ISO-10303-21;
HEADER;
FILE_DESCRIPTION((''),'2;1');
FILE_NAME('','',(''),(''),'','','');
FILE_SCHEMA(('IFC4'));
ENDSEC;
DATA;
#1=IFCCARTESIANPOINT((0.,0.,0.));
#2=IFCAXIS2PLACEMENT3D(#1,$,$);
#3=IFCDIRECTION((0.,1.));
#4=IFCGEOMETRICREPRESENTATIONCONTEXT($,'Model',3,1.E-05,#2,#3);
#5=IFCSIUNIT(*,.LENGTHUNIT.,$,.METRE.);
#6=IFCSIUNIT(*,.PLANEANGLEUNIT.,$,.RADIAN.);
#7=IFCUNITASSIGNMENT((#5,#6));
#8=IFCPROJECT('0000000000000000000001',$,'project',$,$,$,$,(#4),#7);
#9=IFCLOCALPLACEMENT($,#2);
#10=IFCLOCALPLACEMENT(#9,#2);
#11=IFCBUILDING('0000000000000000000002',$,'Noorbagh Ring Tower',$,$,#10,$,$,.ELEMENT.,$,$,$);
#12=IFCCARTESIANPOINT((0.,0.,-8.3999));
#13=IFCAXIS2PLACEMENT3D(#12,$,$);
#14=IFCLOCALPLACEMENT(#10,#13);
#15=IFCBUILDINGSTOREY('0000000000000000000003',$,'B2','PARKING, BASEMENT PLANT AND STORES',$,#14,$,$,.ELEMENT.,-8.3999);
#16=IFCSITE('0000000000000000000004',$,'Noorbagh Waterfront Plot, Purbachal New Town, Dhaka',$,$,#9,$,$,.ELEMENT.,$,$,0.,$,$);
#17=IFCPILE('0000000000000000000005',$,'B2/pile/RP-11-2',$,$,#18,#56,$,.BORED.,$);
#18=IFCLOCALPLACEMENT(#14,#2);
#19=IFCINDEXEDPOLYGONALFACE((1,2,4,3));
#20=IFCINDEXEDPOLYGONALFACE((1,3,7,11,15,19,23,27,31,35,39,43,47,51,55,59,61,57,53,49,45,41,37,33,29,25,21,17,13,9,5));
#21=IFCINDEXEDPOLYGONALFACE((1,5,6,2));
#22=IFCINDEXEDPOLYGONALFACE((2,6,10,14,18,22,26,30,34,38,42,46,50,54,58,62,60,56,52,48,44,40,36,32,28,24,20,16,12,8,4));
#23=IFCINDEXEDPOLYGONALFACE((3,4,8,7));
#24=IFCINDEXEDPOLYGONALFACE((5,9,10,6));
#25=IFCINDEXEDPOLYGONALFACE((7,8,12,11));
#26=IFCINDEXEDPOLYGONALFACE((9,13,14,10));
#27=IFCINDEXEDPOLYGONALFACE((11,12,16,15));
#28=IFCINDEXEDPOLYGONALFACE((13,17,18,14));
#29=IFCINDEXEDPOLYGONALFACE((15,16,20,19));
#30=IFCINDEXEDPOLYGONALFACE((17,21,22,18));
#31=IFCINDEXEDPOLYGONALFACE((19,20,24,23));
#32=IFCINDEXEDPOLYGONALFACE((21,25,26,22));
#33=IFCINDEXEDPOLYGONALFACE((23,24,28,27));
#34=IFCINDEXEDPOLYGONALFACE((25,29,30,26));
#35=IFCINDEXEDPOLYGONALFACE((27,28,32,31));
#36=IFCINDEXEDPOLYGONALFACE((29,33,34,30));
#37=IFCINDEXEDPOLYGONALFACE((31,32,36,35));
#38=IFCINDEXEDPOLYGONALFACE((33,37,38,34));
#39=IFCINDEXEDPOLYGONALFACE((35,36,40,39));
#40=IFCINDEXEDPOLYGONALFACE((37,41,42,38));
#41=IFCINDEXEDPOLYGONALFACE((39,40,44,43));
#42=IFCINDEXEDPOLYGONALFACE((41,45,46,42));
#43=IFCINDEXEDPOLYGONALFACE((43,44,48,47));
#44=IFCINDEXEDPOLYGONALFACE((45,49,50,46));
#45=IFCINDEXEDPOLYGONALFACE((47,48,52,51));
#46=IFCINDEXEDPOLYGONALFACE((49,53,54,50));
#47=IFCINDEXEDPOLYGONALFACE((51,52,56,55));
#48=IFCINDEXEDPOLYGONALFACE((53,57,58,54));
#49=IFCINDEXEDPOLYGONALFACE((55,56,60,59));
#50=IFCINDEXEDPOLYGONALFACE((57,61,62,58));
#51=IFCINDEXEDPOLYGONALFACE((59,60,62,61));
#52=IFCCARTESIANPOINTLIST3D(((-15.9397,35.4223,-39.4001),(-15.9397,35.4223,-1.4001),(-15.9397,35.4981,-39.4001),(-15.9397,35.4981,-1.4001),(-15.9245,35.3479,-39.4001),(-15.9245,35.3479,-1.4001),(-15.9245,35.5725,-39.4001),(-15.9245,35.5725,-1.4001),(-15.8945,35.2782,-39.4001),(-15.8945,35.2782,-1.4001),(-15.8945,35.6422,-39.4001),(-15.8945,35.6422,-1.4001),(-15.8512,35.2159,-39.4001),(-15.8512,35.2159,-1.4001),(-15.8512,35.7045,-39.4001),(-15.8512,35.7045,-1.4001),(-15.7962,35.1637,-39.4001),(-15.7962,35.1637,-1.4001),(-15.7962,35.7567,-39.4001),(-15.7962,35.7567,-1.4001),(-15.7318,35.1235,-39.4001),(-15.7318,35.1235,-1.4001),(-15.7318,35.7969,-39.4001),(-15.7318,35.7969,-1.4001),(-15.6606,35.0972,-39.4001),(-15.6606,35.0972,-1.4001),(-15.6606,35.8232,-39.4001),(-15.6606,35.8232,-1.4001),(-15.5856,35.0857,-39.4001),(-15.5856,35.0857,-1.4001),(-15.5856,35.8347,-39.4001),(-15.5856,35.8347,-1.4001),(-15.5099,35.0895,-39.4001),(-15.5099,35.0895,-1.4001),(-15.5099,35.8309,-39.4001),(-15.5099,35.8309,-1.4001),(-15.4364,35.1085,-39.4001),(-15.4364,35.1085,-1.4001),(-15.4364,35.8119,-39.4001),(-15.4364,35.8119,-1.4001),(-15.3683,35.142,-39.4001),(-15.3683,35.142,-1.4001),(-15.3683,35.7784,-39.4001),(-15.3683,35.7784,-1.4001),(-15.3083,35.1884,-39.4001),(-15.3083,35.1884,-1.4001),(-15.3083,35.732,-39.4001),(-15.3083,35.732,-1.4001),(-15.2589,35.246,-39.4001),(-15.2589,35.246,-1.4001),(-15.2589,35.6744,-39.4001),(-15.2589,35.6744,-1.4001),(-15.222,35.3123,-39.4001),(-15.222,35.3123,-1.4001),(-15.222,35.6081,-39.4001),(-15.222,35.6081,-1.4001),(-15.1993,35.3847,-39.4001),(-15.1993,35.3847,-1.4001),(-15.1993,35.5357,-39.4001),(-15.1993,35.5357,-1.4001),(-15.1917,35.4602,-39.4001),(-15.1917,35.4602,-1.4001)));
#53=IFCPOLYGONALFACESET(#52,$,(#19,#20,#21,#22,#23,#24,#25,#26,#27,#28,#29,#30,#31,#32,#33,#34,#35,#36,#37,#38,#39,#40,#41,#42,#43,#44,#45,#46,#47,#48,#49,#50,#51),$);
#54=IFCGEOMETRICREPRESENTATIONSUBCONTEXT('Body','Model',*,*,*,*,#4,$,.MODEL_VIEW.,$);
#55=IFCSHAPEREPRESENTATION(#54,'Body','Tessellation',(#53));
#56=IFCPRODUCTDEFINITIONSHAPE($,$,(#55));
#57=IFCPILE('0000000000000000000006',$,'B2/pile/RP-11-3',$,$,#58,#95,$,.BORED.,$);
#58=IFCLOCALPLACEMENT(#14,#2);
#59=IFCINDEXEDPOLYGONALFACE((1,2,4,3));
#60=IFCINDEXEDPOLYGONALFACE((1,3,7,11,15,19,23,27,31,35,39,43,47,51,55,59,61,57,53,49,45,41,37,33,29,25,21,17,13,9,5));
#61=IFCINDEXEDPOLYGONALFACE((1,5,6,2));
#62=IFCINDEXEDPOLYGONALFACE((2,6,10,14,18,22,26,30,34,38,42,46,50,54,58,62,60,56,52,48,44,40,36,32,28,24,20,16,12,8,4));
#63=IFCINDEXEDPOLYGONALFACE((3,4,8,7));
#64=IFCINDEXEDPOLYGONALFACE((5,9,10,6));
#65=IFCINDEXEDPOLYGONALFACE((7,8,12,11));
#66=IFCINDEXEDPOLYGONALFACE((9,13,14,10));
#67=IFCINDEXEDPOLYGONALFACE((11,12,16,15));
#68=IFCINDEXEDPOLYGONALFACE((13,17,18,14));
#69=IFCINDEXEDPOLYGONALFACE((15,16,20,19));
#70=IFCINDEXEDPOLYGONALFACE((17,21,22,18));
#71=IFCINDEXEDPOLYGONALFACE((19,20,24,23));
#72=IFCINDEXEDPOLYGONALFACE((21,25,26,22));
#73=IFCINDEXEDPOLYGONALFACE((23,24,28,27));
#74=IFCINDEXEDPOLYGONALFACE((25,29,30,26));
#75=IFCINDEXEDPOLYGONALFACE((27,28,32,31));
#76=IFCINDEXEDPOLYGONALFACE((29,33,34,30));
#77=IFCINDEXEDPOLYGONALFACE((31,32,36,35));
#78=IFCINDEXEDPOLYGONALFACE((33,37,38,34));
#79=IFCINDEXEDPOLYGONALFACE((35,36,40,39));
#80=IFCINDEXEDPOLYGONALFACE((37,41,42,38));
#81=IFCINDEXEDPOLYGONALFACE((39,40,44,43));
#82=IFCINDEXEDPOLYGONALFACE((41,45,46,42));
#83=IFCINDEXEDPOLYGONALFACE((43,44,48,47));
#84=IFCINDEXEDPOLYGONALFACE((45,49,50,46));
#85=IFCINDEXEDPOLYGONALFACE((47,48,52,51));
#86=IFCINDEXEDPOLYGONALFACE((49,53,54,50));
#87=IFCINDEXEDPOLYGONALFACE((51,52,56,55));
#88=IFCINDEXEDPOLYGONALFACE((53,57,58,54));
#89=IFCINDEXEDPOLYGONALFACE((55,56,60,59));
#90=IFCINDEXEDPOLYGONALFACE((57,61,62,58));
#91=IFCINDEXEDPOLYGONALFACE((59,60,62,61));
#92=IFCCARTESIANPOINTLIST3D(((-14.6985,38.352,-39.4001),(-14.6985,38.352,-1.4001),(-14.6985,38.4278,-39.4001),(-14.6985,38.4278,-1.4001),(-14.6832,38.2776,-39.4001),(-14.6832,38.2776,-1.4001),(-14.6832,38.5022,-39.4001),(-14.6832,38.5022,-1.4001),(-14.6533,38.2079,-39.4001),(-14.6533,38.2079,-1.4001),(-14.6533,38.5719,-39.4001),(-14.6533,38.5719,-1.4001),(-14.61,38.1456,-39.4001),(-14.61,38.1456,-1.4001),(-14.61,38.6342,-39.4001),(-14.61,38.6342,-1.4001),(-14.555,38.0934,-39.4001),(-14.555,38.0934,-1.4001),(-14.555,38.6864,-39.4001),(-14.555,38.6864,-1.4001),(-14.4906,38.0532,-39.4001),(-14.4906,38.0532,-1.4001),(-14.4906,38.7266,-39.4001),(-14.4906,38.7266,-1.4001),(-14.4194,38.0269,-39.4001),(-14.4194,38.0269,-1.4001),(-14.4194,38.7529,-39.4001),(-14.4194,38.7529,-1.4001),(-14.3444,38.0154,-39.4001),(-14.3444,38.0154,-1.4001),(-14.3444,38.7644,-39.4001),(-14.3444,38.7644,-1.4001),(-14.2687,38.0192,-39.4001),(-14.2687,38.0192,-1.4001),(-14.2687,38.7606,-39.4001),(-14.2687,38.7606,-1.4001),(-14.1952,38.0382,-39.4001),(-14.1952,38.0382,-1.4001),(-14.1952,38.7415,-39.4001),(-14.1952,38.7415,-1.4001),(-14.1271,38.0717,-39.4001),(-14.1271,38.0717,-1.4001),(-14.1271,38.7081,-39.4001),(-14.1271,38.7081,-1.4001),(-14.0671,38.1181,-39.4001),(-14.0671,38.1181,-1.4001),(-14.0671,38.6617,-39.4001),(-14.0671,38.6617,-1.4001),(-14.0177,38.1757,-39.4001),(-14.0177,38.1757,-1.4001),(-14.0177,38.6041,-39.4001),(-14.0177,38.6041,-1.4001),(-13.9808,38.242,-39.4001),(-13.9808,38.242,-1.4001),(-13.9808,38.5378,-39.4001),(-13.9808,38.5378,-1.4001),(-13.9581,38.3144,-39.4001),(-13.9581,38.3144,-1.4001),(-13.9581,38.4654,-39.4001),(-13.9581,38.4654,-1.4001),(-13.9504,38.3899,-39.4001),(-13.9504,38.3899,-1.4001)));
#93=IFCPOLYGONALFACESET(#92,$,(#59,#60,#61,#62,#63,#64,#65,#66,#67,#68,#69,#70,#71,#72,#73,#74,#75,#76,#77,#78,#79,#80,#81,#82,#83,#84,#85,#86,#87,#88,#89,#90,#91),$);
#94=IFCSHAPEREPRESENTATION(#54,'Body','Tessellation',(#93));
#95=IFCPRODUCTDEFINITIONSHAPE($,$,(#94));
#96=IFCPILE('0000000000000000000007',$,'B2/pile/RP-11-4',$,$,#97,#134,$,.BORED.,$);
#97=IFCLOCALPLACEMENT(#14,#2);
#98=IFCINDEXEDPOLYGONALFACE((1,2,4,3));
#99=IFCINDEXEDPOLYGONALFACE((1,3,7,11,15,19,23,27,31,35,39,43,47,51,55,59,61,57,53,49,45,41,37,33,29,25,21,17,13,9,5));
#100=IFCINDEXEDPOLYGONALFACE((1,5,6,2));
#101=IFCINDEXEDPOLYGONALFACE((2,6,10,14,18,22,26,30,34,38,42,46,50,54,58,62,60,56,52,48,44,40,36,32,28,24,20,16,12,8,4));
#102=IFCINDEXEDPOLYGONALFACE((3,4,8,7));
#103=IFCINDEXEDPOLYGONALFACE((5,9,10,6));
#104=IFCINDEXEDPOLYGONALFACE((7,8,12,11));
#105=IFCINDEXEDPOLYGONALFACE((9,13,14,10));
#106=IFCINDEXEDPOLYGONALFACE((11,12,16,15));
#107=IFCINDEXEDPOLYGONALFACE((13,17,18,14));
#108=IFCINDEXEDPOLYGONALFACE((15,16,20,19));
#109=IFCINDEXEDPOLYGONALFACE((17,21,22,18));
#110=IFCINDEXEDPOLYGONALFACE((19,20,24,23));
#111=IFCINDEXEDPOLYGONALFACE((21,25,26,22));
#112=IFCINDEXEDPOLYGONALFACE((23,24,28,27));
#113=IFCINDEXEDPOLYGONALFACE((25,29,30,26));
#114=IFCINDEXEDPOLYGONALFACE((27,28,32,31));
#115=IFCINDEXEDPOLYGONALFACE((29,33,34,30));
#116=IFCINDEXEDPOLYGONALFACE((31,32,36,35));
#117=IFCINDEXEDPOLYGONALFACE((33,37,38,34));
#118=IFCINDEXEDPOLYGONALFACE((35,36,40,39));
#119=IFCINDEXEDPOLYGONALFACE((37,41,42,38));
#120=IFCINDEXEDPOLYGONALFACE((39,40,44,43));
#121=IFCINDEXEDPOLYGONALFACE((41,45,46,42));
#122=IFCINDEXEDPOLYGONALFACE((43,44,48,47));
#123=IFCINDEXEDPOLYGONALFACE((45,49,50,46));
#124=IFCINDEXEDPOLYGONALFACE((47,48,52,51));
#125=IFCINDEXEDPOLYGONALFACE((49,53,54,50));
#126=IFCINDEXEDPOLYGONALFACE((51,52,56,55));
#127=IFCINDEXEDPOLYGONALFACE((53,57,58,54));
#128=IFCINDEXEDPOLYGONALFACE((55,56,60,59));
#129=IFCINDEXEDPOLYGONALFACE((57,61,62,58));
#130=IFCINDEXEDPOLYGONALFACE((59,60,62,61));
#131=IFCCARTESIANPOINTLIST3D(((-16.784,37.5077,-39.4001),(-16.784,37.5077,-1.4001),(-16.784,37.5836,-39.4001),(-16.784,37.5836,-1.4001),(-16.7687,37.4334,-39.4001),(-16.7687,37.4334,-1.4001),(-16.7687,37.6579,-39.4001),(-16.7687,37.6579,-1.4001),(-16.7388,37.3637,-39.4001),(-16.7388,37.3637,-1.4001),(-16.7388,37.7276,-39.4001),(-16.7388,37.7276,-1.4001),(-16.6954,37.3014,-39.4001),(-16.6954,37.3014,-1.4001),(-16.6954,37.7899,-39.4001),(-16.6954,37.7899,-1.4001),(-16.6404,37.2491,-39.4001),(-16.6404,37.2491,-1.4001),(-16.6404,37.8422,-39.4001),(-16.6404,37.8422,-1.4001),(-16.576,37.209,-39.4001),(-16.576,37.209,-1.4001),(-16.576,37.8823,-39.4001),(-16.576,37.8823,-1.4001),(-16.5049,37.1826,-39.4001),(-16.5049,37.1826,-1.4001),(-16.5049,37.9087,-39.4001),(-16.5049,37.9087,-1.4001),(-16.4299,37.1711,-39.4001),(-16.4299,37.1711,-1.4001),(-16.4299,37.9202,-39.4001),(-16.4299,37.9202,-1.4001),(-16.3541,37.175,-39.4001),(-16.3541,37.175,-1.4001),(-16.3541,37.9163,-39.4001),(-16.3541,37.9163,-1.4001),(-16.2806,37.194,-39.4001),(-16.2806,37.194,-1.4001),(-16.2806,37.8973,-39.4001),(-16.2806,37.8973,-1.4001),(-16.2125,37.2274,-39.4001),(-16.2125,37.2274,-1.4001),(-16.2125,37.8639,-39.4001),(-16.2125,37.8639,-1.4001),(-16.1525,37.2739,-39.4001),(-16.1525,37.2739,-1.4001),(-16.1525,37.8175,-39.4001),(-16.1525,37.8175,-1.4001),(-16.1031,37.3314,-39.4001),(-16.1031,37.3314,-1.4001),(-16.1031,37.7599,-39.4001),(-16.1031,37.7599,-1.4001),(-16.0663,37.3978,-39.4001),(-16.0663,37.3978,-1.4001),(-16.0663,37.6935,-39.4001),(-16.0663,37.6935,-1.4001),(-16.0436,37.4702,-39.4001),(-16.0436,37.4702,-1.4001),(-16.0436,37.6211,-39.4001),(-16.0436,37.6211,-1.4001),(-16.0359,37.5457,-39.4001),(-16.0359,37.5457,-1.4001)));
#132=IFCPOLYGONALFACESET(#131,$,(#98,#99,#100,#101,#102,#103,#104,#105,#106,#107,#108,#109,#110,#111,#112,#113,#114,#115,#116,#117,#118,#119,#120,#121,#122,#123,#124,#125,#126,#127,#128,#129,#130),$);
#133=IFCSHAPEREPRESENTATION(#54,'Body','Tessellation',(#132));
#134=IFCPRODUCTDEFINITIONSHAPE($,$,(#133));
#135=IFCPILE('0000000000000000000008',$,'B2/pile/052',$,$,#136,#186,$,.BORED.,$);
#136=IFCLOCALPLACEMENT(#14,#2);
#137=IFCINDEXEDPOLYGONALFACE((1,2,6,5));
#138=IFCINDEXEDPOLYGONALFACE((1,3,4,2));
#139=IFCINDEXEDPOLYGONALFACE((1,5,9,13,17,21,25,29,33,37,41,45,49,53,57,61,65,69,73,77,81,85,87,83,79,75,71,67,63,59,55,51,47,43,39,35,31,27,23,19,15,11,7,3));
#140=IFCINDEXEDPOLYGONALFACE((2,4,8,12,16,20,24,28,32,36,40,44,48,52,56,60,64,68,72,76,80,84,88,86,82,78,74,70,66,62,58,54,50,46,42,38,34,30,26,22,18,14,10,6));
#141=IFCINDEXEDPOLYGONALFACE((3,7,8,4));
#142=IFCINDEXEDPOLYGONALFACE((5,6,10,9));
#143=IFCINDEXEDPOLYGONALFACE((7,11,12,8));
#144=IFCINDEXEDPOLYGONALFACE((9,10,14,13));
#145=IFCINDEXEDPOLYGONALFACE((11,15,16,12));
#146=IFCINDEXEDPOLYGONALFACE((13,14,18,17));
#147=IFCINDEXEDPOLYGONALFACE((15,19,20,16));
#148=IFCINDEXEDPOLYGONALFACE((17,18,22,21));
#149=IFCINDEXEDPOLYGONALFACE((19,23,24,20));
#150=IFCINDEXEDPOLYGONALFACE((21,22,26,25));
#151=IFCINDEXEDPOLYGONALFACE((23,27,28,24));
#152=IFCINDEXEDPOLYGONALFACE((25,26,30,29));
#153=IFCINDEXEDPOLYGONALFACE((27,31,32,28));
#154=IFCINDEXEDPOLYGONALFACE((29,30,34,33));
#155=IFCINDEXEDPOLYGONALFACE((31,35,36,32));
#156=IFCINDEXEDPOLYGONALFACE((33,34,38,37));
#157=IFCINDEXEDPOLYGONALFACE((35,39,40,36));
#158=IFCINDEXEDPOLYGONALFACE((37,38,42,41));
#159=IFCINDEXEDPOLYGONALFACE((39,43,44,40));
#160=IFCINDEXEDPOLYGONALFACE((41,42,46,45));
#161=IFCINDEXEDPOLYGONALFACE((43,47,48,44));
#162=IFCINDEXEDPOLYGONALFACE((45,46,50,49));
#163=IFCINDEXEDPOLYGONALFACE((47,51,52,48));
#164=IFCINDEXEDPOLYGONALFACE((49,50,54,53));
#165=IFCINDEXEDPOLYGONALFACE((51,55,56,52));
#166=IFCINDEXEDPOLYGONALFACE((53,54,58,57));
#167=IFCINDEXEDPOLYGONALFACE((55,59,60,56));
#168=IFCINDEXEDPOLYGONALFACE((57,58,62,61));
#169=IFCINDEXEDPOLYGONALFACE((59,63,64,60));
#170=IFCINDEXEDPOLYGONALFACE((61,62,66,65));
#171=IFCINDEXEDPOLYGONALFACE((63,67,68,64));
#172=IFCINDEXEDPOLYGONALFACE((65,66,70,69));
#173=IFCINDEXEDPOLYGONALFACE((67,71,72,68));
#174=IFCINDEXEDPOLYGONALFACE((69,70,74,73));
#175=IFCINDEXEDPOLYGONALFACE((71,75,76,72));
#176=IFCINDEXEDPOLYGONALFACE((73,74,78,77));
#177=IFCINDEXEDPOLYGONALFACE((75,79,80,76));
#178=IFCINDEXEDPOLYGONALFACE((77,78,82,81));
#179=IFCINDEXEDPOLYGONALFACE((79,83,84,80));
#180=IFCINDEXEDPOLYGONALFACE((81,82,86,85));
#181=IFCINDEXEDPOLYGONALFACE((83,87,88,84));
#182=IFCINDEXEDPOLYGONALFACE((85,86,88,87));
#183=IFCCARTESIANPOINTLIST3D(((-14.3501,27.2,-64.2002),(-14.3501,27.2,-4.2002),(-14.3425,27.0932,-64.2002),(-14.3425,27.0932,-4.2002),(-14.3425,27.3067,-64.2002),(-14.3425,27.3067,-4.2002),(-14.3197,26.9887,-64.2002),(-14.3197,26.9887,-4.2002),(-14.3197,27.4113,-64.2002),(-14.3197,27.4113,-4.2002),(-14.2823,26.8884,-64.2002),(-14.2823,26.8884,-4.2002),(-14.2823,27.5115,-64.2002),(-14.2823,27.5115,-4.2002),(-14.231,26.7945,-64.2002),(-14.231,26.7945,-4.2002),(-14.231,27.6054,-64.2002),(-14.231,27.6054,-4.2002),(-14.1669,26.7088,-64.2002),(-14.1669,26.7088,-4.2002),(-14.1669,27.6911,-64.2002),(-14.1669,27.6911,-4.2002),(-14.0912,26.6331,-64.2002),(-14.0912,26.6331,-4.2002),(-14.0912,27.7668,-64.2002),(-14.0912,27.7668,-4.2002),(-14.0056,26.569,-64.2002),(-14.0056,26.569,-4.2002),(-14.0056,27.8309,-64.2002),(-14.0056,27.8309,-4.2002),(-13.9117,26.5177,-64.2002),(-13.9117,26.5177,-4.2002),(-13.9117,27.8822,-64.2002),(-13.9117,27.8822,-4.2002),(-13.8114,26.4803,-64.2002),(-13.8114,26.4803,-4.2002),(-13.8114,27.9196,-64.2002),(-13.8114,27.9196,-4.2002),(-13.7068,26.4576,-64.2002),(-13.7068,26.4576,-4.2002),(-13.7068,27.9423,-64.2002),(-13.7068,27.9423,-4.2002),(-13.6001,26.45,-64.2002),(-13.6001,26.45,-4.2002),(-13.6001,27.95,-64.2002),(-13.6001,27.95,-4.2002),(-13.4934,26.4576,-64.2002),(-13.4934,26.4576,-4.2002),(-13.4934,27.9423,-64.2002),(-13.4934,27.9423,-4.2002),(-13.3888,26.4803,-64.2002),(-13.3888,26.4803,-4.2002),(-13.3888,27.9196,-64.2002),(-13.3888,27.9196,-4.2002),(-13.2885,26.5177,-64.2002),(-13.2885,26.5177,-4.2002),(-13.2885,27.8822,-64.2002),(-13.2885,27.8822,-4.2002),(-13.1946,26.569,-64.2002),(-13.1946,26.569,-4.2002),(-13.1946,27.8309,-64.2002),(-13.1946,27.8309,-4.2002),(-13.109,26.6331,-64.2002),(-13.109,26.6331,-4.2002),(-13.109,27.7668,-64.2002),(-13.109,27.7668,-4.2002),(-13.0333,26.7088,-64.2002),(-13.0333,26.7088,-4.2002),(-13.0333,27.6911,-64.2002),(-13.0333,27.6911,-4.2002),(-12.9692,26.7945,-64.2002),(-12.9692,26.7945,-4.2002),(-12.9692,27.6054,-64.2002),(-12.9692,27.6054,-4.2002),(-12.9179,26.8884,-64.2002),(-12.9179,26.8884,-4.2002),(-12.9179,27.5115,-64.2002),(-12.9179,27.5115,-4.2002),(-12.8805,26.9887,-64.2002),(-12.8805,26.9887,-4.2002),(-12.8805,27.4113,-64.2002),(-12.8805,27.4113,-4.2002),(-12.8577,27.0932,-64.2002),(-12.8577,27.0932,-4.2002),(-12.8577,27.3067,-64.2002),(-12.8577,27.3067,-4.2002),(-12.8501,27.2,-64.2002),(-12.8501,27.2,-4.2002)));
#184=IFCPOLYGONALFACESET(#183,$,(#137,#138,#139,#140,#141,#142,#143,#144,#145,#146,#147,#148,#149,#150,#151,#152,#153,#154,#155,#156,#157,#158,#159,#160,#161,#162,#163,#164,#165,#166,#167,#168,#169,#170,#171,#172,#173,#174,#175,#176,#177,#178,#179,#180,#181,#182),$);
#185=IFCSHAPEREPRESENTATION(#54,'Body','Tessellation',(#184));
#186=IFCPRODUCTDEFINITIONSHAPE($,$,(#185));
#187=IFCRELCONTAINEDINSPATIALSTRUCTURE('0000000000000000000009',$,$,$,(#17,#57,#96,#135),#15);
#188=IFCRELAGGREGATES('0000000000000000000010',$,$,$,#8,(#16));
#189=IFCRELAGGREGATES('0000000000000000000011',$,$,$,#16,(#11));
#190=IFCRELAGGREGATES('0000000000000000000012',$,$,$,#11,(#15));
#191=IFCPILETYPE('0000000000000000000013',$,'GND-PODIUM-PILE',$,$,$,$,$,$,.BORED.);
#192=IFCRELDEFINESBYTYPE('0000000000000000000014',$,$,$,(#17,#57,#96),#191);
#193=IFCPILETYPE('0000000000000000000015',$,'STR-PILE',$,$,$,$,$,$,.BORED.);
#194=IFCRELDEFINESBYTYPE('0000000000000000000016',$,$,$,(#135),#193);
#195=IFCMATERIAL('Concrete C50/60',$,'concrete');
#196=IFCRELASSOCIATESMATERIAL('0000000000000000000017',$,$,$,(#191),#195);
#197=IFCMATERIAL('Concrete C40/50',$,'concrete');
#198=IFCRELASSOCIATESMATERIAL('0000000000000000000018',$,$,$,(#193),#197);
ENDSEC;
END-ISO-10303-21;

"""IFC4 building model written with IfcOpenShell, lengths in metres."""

from ifc_helpers import new_model, si_unit, direction, frame, origin, origin_2d, place, context, subcontext, project, spatial, circle, extrude, material, material_profile, profile_set, type_object, element, save


model = new_model("IFC4")

# Units and contexts
model_context = context("Model", 3, precision=1e-05, world=origin(), true_north=direction((0.0, 1.0)))
body_context = subcontext(model_context, "Body", "Model", "MODEL_VIEW")
ifc_project = project(units=[si_unit("LENGTHUNIT", "METRE"), si_unit("PLANEANGLEUNIT", "RADIAN")], contexts=[model_context])

# Site, building, storey
site_placement = place(None, origin())
site = spatial("IfcSite", under=ifc_project, at=site_placement, Name="Noorbagh Waterfront Plot, Purbachal New Town, Dhaka", CompositionType="ELEMENT", RefElevation=0.0)
building_placement = place(site_placement, origin())
building = spatial("IfcBuilding", under=site, at=building_placement, Name="Noorbagh Ring Tower", CompositionType="ELEMENT")
storey_placement = place(building_placement, frame((0.0, 0.0, -8.3999)))
storey = spatial("IfcBuildingStorey", under=building, at=storey_placement, Name="B2", Description="PARKING, BASEMENT PLANT AND STORES", CompositionType="ELEMENT", Elevation=-8.3999)

# Piles
ifc_material_1 = material(Name="Concrete C50/60", Category="concrete")
ifc_material_profile_1 = material_profile(ifc_material_1, circle(Radius=0.375, at=origin_2d()), Name="PILE750")
ifc_profile_set_1 = profile_set([ifc_material_profile_1], Name="Concrete C50/60")
pile_type_1 = type_object("IfcPileType", Name="GND-PODIUM-PILE", PredefinedType="BORED", material=ifc_profile_set_1)
for number, where, z_axis, x_axis, name in (
    (1, (-15.5667, 35.4602, -1.4001), (0.0, 0.0, -1.0), (1.0, 0.0, 0.0), "B2/pile/RP-11-2"),
    (2, (-14.3254, 38.3899, -1.4001), (0.0, 0.0, -1.0), (1.0, 0.0, 0.0), "B2/pile/RP-11-3"),
    (3, (-16.4109, 37.5457, -1.4001), (0.0, 0.0, -1.0), (1.0, 0.0, 0.0), "B2/pile/RP-11-4"),
):
    element("IfcPile", number, at=place(storey_placement, frame(where, z_axis=z_axis, x_axis=x_axis)), inside=storey, type_object=pile_type_1, Name=name, PredefinedType="BORED", context=body_context, shape_type="SweptSolid", body=[
        extrude(circle(Radius=0.375, at=origin_2d()), origin(), (0.0, 0.0, 1.0), 38.0),
    ])
ifc_material_2 = material(Name="Concrete C40/50", Category="concrete")
ifc_material_profile_2 = material_profile(ifc_material_2, circle(Radius=0.75, at=origin_2d()), Name="PILE1500")
ifc_profile_set_2 = profile_set([ifc_material_profile_2], Name="Concrete C40/50")
pile_type_2 = type_object("IfcPileType", Name="STR-PILE", PredefinedType="BORED", material=ifc_profile_set_2)
for number, where, z_axis, x_axis, name in (
    (4, (-13.6001, 27.2, -4.2002), (0.0, 0.0, -1.0), (1.0, 0.0, 0.0), "B2/pile/052"),
):
    element("IfcPile", number, at=place(storey_placement, frame(where, z_axis=z_axis, x_axis=x_axis)), inside=storey, type_object=pile_type_2, Name=name, PredefinedType="BORED", context=body_context, shape_type="SweptSolid", body=[
        extrude(circle(Radius=0.75, at=origin_2d()), origin(), (0.0, 0.0, 1.0), 60.0),
    ])

save(model, "model.ifc")
